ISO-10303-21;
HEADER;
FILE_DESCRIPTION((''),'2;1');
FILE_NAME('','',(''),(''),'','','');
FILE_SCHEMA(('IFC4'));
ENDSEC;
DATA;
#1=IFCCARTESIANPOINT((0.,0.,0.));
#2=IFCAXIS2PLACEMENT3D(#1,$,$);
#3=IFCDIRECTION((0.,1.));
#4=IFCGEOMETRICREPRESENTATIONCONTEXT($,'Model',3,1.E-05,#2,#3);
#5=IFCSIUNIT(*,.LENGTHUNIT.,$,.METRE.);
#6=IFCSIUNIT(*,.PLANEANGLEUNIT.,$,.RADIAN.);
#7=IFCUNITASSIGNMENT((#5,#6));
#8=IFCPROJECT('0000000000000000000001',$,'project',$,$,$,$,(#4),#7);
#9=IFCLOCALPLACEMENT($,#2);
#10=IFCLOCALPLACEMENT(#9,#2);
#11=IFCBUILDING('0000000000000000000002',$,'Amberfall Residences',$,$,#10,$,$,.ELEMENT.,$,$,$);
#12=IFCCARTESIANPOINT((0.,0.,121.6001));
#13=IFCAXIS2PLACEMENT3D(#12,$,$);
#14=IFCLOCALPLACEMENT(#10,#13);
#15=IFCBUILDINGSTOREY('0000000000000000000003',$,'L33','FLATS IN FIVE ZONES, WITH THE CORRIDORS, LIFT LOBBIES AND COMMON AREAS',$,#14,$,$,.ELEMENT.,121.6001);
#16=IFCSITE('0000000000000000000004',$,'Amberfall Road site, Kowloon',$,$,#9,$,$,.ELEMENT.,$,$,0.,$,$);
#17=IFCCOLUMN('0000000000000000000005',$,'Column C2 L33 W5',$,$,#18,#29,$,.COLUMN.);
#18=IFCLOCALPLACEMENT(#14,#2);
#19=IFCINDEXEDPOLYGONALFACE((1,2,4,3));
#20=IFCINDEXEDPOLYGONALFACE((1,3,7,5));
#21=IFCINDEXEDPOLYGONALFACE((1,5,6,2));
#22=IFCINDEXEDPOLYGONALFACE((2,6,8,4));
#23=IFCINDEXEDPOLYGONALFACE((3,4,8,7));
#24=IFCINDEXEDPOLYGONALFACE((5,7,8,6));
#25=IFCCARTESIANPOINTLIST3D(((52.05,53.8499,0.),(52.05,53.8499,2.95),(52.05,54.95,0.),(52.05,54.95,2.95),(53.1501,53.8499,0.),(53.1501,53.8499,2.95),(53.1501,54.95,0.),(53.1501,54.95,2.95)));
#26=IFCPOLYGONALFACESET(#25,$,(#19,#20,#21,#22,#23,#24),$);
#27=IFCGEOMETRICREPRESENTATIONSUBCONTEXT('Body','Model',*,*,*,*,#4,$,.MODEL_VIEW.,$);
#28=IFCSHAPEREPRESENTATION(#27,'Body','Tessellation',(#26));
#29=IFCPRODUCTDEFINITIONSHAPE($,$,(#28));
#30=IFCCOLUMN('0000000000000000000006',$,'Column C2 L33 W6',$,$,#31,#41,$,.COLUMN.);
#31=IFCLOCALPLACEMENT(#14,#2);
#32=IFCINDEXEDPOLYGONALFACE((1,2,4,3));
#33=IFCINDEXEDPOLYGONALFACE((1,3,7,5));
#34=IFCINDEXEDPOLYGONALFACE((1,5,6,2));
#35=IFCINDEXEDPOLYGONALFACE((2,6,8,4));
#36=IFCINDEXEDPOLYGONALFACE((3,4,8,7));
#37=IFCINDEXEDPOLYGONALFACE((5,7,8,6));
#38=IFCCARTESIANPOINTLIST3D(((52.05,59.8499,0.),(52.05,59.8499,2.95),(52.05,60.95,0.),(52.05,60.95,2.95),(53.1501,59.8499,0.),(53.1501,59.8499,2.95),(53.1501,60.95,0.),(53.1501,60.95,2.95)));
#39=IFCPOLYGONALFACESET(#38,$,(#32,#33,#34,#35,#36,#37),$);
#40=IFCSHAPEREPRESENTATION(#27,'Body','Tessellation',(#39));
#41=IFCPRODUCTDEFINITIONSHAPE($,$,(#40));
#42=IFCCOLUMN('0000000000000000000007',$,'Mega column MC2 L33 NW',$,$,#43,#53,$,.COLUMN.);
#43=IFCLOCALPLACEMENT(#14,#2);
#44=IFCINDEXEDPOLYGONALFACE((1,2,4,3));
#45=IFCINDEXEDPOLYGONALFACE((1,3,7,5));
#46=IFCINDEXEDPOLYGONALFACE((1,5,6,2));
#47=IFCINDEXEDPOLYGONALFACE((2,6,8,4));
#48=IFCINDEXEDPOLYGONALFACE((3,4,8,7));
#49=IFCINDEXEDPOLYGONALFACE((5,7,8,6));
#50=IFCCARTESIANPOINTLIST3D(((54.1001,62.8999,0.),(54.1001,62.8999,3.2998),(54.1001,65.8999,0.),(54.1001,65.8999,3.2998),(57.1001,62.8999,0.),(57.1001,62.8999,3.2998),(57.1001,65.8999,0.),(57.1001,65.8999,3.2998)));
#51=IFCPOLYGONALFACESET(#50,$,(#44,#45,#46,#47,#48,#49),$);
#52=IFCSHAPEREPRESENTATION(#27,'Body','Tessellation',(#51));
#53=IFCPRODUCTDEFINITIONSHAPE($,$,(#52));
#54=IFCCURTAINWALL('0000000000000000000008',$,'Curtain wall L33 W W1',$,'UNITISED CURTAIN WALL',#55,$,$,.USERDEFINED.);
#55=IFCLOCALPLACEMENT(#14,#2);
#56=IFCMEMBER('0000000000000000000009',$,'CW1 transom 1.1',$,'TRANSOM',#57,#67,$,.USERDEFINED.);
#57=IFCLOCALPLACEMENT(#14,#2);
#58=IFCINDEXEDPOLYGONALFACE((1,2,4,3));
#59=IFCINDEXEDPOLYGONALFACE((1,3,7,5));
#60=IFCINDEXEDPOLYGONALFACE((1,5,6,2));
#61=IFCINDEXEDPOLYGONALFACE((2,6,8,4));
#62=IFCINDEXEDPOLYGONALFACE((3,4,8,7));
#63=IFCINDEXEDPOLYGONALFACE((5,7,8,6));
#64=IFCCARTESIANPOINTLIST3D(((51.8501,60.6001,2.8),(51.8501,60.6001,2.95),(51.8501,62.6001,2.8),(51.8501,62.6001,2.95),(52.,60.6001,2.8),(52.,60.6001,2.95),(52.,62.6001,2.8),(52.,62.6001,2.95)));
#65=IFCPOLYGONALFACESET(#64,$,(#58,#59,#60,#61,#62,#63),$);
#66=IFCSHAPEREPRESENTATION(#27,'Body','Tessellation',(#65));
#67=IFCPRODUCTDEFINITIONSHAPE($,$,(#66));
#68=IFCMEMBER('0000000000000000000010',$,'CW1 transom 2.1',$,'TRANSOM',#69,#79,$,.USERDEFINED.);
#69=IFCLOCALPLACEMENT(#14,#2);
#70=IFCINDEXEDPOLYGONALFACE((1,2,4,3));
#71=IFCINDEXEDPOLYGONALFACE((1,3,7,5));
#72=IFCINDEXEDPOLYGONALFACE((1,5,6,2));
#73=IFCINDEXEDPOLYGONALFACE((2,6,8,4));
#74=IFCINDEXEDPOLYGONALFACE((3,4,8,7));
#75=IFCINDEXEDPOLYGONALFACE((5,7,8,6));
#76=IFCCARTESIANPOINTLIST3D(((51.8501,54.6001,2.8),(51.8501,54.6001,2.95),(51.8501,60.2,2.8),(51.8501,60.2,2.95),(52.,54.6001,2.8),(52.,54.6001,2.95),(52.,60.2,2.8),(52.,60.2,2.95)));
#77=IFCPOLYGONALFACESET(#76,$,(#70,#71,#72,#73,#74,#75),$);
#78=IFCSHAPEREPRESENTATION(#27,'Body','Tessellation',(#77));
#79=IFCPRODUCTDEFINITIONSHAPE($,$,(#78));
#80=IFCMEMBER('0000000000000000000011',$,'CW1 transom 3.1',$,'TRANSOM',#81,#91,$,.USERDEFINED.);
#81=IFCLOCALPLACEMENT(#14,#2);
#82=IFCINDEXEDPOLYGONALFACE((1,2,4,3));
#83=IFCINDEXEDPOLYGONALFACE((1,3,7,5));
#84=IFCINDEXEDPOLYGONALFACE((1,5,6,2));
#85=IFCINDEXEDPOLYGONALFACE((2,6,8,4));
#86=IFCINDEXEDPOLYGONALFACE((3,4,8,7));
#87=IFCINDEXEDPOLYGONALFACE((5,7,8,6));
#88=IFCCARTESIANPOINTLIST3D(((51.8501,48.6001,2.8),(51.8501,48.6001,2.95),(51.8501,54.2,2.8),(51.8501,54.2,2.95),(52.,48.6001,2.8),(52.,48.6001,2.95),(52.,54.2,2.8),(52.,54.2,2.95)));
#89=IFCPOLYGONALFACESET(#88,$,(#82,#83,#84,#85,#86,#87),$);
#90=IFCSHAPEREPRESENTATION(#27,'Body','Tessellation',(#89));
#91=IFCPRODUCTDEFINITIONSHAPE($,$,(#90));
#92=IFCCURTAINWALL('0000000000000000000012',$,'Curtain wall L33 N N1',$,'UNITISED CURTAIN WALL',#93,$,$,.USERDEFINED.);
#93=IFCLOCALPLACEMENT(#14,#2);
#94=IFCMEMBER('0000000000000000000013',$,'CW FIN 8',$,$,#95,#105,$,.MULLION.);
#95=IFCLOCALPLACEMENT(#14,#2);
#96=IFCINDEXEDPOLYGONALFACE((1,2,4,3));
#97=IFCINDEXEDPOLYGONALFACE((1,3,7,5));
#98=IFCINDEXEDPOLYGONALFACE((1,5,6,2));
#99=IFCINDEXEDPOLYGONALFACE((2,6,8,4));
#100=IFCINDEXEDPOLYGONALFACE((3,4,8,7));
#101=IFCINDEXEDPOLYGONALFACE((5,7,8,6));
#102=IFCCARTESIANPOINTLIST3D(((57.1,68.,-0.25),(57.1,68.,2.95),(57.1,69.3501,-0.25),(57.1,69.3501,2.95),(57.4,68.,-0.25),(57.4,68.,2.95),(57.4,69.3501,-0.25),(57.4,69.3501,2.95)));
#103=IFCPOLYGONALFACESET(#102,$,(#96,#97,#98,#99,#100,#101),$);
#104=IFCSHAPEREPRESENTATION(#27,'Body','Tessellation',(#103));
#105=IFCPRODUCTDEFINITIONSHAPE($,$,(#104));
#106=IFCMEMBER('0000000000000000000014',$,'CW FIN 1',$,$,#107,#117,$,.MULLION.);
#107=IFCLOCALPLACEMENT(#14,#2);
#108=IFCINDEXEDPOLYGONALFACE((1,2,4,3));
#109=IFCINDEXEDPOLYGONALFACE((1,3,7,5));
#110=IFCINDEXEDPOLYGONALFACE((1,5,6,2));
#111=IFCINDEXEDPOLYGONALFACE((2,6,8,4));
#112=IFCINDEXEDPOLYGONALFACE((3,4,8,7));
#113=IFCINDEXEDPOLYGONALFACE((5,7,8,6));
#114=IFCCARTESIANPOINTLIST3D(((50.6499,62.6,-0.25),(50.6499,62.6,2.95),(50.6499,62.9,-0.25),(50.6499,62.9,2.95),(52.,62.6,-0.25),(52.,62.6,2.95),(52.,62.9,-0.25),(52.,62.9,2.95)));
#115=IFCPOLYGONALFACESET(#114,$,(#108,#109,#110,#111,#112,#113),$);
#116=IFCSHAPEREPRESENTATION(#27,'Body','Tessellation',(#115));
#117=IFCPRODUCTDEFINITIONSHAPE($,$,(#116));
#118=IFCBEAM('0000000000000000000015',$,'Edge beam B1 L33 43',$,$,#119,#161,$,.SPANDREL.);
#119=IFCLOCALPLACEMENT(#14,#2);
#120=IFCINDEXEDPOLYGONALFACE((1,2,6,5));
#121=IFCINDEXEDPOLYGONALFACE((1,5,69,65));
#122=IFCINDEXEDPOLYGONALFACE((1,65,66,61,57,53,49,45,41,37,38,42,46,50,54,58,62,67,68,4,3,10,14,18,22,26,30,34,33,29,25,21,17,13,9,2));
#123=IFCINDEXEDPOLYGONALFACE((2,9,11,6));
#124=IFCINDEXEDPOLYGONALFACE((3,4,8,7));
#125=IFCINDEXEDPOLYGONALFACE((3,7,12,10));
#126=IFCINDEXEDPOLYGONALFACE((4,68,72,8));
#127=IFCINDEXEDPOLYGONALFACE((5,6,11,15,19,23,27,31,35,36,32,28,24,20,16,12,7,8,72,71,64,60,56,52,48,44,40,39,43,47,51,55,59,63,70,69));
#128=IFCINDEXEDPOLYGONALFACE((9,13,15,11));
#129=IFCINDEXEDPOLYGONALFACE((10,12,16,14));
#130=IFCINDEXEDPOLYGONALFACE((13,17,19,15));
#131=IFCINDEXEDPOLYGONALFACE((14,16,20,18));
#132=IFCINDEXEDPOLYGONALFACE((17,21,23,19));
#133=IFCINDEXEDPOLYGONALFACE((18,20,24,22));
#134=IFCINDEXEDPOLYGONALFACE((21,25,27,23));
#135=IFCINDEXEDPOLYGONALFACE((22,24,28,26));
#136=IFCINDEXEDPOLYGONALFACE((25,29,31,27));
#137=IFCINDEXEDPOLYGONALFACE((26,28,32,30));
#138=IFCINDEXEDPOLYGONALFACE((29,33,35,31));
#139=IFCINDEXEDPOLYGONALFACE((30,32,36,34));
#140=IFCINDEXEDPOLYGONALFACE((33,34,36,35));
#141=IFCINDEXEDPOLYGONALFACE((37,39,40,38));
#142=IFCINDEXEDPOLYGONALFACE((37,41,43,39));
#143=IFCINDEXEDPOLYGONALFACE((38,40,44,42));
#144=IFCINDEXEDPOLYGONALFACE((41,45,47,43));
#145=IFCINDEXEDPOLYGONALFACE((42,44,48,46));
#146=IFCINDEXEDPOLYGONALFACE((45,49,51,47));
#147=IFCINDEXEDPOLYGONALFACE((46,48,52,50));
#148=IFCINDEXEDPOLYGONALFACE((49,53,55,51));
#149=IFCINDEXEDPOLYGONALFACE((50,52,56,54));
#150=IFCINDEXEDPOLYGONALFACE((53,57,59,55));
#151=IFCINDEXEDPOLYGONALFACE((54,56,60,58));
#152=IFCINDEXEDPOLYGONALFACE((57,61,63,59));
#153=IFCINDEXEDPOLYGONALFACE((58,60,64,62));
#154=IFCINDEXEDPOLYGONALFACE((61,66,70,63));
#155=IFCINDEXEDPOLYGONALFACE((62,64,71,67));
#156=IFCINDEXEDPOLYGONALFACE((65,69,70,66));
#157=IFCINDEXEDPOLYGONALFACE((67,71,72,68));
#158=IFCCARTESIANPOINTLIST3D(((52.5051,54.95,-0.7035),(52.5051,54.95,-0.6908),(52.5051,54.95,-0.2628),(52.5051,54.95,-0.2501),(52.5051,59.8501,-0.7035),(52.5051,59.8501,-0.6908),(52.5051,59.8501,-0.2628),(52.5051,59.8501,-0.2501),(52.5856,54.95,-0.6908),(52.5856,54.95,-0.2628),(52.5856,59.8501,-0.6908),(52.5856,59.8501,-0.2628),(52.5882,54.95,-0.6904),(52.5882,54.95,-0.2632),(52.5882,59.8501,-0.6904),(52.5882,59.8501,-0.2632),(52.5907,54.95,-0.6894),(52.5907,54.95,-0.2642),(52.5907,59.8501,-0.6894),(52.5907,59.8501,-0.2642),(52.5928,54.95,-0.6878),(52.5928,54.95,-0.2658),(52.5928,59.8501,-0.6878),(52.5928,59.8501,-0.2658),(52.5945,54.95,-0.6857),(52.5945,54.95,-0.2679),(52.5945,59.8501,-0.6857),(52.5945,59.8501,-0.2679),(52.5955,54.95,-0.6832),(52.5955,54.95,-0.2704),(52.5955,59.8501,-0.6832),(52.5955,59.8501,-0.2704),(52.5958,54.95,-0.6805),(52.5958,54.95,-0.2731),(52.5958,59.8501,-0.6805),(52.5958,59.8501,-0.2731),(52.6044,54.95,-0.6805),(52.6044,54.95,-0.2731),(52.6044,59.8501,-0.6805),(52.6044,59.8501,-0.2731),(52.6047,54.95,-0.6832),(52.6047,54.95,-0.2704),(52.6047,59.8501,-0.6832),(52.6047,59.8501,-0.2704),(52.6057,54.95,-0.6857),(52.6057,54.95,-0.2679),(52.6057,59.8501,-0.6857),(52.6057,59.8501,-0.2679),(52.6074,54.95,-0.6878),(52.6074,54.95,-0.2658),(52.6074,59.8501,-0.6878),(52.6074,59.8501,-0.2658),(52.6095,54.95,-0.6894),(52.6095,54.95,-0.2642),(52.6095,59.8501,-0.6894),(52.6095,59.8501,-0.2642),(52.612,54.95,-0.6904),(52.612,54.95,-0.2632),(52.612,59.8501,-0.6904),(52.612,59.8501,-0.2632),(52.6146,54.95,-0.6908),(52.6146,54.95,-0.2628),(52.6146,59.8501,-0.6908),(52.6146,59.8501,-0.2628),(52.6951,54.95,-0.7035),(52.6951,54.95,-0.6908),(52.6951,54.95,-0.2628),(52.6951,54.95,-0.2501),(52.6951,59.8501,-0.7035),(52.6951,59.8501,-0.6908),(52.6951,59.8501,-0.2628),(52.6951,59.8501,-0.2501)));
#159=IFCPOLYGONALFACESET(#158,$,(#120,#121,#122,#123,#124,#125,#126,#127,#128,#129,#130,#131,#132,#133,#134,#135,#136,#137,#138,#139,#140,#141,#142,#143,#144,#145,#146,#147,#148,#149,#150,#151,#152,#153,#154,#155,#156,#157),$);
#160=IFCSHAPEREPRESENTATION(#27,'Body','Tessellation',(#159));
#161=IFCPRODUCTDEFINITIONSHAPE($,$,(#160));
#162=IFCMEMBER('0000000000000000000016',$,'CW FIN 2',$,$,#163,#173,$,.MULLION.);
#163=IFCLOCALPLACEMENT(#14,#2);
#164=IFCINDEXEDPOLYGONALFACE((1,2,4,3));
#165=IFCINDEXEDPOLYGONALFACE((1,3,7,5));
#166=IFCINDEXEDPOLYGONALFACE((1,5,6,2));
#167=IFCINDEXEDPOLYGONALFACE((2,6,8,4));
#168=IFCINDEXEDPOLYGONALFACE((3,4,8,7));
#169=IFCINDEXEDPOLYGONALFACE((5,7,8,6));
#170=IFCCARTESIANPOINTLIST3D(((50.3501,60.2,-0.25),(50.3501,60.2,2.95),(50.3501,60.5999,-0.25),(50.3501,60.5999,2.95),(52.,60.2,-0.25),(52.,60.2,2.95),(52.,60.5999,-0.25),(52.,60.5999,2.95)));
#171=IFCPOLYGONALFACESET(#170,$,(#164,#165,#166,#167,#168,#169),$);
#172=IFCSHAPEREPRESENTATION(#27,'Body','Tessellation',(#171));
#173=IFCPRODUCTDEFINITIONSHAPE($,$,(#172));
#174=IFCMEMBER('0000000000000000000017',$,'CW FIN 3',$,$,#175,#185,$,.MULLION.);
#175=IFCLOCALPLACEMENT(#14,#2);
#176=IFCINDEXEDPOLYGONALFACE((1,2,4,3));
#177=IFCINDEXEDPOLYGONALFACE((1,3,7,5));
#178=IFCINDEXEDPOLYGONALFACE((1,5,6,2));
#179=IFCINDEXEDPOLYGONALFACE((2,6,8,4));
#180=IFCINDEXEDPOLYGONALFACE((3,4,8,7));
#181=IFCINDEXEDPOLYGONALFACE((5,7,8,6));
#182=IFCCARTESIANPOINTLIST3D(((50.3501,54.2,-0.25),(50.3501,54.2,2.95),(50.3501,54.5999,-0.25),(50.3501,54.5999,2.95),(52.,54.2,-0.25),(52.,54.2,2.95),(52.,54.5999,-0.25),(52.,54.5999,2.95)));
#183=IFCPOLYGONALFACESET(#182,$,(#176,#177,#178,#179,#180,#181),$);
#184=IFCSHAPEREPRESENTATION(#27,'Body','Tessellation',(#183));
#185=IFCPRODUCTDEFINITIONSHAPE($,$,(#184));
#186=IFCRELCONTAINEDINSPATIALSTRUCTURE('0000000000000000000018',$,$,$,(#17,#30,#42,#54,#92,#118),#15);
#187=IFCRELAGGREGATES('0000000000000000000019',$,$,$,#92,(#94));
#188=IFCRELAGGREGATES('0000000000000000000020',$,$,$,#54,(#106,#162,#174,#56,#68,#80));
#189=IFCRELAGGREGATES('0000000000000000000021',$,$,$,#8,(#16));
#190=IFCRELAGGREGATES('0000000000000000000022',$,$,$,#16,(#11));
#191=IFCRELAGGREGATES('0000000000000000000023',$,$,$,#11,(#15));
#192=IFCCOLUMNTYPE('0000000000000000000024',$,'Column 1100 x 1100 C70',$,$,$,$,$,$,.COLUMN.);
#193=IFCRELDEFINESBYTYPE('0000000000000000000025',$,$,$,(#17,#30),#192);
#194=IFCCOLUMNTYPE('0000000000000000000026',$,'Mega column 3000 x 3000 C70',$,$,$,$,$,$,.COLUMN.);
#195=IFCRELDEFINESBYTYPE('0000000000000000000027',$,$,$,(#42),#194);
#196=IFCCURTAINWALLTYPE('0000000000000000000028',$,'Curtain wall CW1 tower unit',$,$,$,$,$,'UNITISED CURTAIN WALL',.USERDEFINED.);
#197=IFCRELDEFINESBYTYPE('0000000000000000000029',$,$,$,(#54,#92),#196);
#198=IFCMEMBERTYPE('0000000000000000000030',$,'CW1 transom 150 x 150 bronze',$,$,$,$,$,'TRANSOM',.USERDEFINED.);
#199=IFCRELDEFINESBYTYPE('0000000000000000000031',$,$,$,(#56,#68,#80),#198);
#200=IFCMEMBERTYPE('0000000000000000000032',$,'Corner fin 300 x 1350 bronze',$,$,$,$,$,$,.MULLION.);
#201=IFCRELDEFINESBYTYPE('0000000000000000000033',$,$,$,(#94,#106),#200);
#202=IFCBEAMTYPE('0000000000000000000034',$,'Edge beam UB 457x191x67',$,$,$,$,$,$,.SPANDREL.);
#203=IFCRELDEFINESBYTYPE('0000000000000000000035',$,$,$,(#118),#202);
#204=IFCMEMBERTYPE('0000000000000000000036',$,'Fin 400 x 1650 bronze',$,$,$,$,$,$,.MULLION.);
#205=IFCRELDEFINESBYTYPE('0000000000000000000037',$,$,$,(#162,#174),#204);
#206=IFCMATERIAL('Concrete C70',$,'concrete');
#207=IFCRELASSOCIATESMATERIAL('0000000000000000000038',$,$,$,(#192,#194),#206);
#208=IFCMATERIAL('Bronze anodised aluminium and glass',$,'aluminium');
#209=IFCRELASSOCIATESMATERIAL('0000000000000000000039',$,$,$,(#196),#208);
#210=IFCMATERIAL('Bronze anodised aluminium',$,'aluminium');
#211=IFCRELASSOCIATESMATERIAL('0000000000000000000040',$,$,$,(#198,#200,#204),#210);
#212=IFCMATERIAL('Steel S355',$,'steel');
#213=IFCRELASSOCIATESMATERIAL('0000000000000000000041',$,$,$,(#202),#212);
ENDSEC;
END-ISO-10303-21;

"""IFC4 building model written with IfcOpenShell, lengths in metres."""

from ifc_helpers import new_model, si_unit, direction, frame, origin, origin_2d, place, context, subcontext, project, spatial, rectangle, i_section, extrude, material, material_profile, profile_set, type_object, element, aggregate, save


model = new_model("IFC4")

# Units and contexts
model_context = context("Model", 3, precision=1e-05, world=origin(), true_north=direction((0.0, 1.0)))
body_context = subcontext(model_context, "Body", "Model", "MODEL_VIEW")
ifc_project = project(units=[si_unit("LENGTHUNIT", "METRE"), si_unit("PLANEANGLEUNIT", "RADIAN")], contexts=[model_context])

# Site, building, storey
site_placement = place(None, origin())
site = spatial("IfcSite", under=ifc_project, at=site_placement, Name="Amberfall Road site, Kowloon", CompositionType="ELEMENT", RefElevation=0.0)
building_placement = place(site_placement, origin())
building = spatial("IfcBuilding", under=site, at=building_placement, Name="Amberfall Residences", CompositionType="ELEMENT")
storey_placement = place(building_placement, frame((0.0, 0.0, 121.6001)))
storey = spatial("IfcBuildingStorey", under=building, at=storey_placement, Name="L33", Description="FLATS IN FIVE ZONES, WITH THE CORRIDORS, LIFT LOBBIES AND COMMON AREAS", CompositionType="ELEMENT", Elevation=121.6001)

# Columns
ifc_material_1 = material(Name="Concrete C70", Category="concrete")
ifc_material_profile_1 = material_profile(ifc_material_1, rectangle(XDim=1.1001, YDim=1.1001, at=origin_2d()), Name="Column 1100 x 1100 C70")
ifc_profile_set_1 = profile_set([ifc_material_profile_1], Name="Concrete C70")
column_type_1 = type_object("IfcColumnType", Name="Column 1100 x 1100 C70", PredefinedType="COLUMN", material=ifc_profile_set_1)
for number, where, z_axis, x_axis, name in (
    (1, (52.6001, 54.3999, 0.0), (0.0, 0.0, 1.0), (1.0, 0.0, 0.0), "Column C2 L33 W5"),
    (2, (52.6001, 60.3999, 0.0), (0.0, 0.0, 1.0), (1.0, 0.0, 0.0), "Column C2 L33 W6"),
):
    element("IfcColumn", number, at=place(storey_placement, frame(where, z_axis=z_axis, x_axis=x_axis)), inside=storey, type_object=column_type_1, Name=name, PredefinedType="COLUMN", context=body_context, shape_type="SweptSolid", body=[
        extrude(rectangle(XDim=1.1001, YDim=1.1001, at=origin_2d()), origin(), (0.0, 0.0, 1.0), 2.95),
    ])
ifc_material_profile_2 = material_profile(ifc_material_1, rectangle(XDim=3.0, YDim=3.0, at=origin_2d()), Name="Mega column 3000 x 3000 C70")
ifc_profile_set_2 = profile_set([ifc_material_profile_2], Name="Concrete C70")
column_type_2 = type_object("IfcColumnType", Name="Mega column 3000 x 3000 C70", PredefinedType="COLUMN", material=ifc_profile_set_2)
column_placement = place(storey_placement, frame((55.6001, 64.3999, 0.0), z_axis=(0.0, 0.0, 1.0), x_axis=(1.0, 0.0, 0.0)))
element("IfcColumn", 3, at=column_placement, inside=storey, type_object=column_type_2, Name="Mega column MC2 L33 NW", PredefinedType="COLUMN", context=body_context, shape_type="SweptSolid", body=[
    extrude(rectangle(XDim=3.0, YDim=3.0, at=origin_2d()), origin(), (0.0, 0.0, 1.0), 3.2998),
])

# Curtain wall, members
ifc_material_2 = material(Name="Bronze anodised aluminium and glass", Category="aluminium")
curtain_wall_type = type_object("IfcCurtainWallType", Name="Curtain wall CW1 tower unit", ElementType="UNITISED CURTAIN WALL", PredefinedType="USERDEFINED", material=ifc_material_2)
curtain_wall_1_placement = place(storey_placement, origin())
curtain_wall_1 = element("IfcCurtainWall", 4, at=curtain_wall_1_placement, inside=storey, type_object=curtain_wall_type, Name="Curtain wall L33 W W1", ObjectType="UNITISED CURTAIN WALL", PredefinedType="USERDEFINED")
ifc_material_3 = material(Name="Bronze anodised aluminium", Category="aluminium")
ifc_material_profile_3 = material_profile(ifc_material_3, rectangle(XDim=0.1499, YDim=0.1499, at=origin_2d()), Name="CW1 transom 150 x 150 bronze")
ifc_profile_set_3 = profile_set([ifc_material_profile_3], Name="Bronze anodised aluminium")
member_type_1 = type_object("IfcMemberType", Name="CW1 transom 150 x 150 bronze", ElementType="TRANSOM", PredefinedType="USERDEFINED", material=ifc_profile_set_3)
member_1_placement = place(storey_placement, frame((51.925, 62.6001, 2.875), z_axis=(0.0, -1.0, 0.0), x_axis=(1.0, 0.0, 0.0)))
member_1 = element("IfcMember", 5, at=member_1_placement, type_object=member_type_1, Name="CW1 transom 1.1", ObjectType="TRANSOM", PredefinedType="USERDEFINED", context=body_context, shape_type="SweptSolid", body=[
    extrude(rectangle(XDim=0.1499, YDim=0.1499, at=origin_2d()), origin(), (0.0, 0.0, 1.0), 2.0),
])
member_2_placement = place(storey_placement, frame((51.925, 60.2, 2.875), z_axis=(0.0, -1.0, 0.0), x_axis=(1.0, 0.0, 0.0)))
member_2 = element("IfcMember", 6, at=member_2_placement, type_object=member_type_1, Name="CW1 transom 2.1", ObjectType="TRANSOM", PredefinedType="USERDEFINED", context=body_context, shape_type="SweptSolid", body=[
    extrude(rectangle(XDim=0.1499, YDim=0.1499, at=origin_2d()), origin(), (0.0, 0.0, 1.0), 5.5999),
])
member_3_placement = place(storey_placement, frame((51.925, 54.2, 2.875), z_axis=(0.0, -1.0, 0.0), x_axis=(1.0, 0.0, 0.0)))
member_3 = element("IfcMember", 7, at=member_3_placement, type_object=member_type_1, Name="CW1 transom 3.1", ObjectType="TRANSOM", PredefinedType="USERDEFINED", context=body_context, shape_type="SweptSolid", body=[
    extrude(rectangle(XDim=0.1499, YDim=0.1499, at=origin_2d()), origin(), (0.0, 0.0, 1.0), 5.5999),
])

# Curtain wall, member
curtain_wall_2_placement = place(storey_placement, origin())
curtain_wall_2 = element("IfcCurtainWall", 8, at=curtain_wall_2_placement, inside=storey, type_object=curtain_wall_type, Name="Curtain wall L33 N N1", ObjectType="UNITISED CURTAIN WALL", PredefinedType="USERDEFINED")
ifc_material_profile_4 = material_profile(ifc_material_3, rectangle(XDim=1.3501, YDim=0.3, at=origin_2d()), Name="Corner fin 300 x 1350 bronze")
ifc_profile_set_4 = profile_set([ifc_material_profile_4], Name="Bronze anodised aluminium")
member_type_2 = type_object("IfcMemberType", Name="Corner fin 300 x 1350 bronze", PredefinedType="MULLION", material=ifc_profile_set_4)
member_4_placement = place(storey_placement, frame((57.25, 68.675, -0.25), z_axis=(0.0, 0.0, 1.0), x_axis=(0.0, -1.0, 0.0)))
member_4 = element("IfcMember", 9, at=member_4_placement, type_object=member_type_2, Name="CW FIN 8", PredefinedType="MULLION", context=body_context, shape_type="SweptSolid", body=[
    extrude(rectangle(XDim=1.3501, YDim=0.3, at=origin_2d()), origin(), (0.0, 0.0, 1.0), 3.2),
])

# Member
member_5_placement = place(storey_placement, frame((51.325, 62.75, -0.25), z_axis=(0.0, 0.0, 1.0), x_axis=(1.0, 0.0, 0.0)))
member_5 = element("IfcMember", 10, at=member_5_placement, type_object=member_type_2, Name="CW FIN 1", PredefinedType="MULLION", context=body_context, shape_type="SweptSolid", body=[
    extrude(rectangle(XDim=1.3501, YDim=0.3, at=origin_2d()), origin(), (0.0, 0.0, 1.0), 3.2),
])

# Beam
ifc_material_4 = material(Name="Steel S355", Category="steel")
ifc_material_profile_5 = material_profile(ifc_material_4, i_section(OverallWidth=0.1899, OverallDepth=0.4534, WebThickness=0.0085, FlangeThickness=0.0127, FilletRadius=0.0103, at=origin_2d()), Name="UB 457x191x67")
ifc_profile_set_5 = profile_set([ifc_material_profile_5], Name="Steel S355")
beam_type_1 = type_object("IfcBeamType", Name="Edge beam UB 457x191x67", PredefinedType="SPANDREL", material=ifc_profile_set_5)
beam_1_placement = place(storey_placement, frame((52.6001, 54.95, -0.4768), z_axis=(0.0, 1.0, 0.0), x_axis=(-1.0, 0.0, 0.0)))
element("IfcBeam", 11, at=beam_1_placement, inside=storey, type_object=beam_type_1, Name="Edge beam B1 L33 43", PredefinedType="SPANDREL", context=body_context, shape_type="SweptSolid", body=[
    extrude(i_section(OverallWidth=0.1899, OverallDepth=0.4534, WebThickness=0.0085, FlangeThickness=0.0127, FilletRadius=0.0103, at=origin_2d()), origin(), (0.0, 0.0, 1.0), 4.9001),
])

# Members
ifc_material_profile_6 = material_profile(ifc_material_3, rectangle(XDim=1.6499, YDim=0.3999, at=origin_2d()), Name="Fin 400 x 1650 bronze")
ifc_profile_set_6 = profile_set([ifc_material_profile_6], Name="Bronze anodised aluminium")
member_type_3 = type_object("IfcMemberType", Name="Fin 400 x 1650 bronze", PredefinedType="MULLION", material=ifc_profile_set_6)
member_6_placement = place(storey_placement, frame((51.175, 60.3999, -0.25), z_axis=(0.0, 0.0, 1.0), x_axis=(1.0, 0.0, 0.0)))
member_6 = element("IfcMember", 12, at=member_6_placement, type_object=member_type_3, Name="CW FIN 2", PredefinedType="MULLION", context=body_context, shape_type="SweptSolid", body=[
    extrude(rectangle(XDim=1.6499, YDim=0.3999, at=origin_2d()), origin(), (0.0, 0.0, 1.0), 3.2),
])
member_7_placement = place(storey_placement, frame((51.175, 54.3999, -0.25), z_axis=(0.0, 0.0, 1.0), x_axis=(1.0, 0.0, 0.0)))
member_7 = element("IfcMember", 13, at=member_7_placement, type_object=member_type_3, Name="CW FIN 3", PredefinedType="MULLION", context=body_context, shape_type="SweptSolid", body=[
    extrude(rectangle(XDim=1.6499, YDim=0.3999, at=origin_2d()), origin(), (0.0, 0.0, 1.0), 3.2),
])

aggregate(curtain_wall_2, [member_4])
aggregate(curtain_wall_1, [member_5, member_6, member_7, member_1, member_2, member_3])

save(model, "model.ifc")
